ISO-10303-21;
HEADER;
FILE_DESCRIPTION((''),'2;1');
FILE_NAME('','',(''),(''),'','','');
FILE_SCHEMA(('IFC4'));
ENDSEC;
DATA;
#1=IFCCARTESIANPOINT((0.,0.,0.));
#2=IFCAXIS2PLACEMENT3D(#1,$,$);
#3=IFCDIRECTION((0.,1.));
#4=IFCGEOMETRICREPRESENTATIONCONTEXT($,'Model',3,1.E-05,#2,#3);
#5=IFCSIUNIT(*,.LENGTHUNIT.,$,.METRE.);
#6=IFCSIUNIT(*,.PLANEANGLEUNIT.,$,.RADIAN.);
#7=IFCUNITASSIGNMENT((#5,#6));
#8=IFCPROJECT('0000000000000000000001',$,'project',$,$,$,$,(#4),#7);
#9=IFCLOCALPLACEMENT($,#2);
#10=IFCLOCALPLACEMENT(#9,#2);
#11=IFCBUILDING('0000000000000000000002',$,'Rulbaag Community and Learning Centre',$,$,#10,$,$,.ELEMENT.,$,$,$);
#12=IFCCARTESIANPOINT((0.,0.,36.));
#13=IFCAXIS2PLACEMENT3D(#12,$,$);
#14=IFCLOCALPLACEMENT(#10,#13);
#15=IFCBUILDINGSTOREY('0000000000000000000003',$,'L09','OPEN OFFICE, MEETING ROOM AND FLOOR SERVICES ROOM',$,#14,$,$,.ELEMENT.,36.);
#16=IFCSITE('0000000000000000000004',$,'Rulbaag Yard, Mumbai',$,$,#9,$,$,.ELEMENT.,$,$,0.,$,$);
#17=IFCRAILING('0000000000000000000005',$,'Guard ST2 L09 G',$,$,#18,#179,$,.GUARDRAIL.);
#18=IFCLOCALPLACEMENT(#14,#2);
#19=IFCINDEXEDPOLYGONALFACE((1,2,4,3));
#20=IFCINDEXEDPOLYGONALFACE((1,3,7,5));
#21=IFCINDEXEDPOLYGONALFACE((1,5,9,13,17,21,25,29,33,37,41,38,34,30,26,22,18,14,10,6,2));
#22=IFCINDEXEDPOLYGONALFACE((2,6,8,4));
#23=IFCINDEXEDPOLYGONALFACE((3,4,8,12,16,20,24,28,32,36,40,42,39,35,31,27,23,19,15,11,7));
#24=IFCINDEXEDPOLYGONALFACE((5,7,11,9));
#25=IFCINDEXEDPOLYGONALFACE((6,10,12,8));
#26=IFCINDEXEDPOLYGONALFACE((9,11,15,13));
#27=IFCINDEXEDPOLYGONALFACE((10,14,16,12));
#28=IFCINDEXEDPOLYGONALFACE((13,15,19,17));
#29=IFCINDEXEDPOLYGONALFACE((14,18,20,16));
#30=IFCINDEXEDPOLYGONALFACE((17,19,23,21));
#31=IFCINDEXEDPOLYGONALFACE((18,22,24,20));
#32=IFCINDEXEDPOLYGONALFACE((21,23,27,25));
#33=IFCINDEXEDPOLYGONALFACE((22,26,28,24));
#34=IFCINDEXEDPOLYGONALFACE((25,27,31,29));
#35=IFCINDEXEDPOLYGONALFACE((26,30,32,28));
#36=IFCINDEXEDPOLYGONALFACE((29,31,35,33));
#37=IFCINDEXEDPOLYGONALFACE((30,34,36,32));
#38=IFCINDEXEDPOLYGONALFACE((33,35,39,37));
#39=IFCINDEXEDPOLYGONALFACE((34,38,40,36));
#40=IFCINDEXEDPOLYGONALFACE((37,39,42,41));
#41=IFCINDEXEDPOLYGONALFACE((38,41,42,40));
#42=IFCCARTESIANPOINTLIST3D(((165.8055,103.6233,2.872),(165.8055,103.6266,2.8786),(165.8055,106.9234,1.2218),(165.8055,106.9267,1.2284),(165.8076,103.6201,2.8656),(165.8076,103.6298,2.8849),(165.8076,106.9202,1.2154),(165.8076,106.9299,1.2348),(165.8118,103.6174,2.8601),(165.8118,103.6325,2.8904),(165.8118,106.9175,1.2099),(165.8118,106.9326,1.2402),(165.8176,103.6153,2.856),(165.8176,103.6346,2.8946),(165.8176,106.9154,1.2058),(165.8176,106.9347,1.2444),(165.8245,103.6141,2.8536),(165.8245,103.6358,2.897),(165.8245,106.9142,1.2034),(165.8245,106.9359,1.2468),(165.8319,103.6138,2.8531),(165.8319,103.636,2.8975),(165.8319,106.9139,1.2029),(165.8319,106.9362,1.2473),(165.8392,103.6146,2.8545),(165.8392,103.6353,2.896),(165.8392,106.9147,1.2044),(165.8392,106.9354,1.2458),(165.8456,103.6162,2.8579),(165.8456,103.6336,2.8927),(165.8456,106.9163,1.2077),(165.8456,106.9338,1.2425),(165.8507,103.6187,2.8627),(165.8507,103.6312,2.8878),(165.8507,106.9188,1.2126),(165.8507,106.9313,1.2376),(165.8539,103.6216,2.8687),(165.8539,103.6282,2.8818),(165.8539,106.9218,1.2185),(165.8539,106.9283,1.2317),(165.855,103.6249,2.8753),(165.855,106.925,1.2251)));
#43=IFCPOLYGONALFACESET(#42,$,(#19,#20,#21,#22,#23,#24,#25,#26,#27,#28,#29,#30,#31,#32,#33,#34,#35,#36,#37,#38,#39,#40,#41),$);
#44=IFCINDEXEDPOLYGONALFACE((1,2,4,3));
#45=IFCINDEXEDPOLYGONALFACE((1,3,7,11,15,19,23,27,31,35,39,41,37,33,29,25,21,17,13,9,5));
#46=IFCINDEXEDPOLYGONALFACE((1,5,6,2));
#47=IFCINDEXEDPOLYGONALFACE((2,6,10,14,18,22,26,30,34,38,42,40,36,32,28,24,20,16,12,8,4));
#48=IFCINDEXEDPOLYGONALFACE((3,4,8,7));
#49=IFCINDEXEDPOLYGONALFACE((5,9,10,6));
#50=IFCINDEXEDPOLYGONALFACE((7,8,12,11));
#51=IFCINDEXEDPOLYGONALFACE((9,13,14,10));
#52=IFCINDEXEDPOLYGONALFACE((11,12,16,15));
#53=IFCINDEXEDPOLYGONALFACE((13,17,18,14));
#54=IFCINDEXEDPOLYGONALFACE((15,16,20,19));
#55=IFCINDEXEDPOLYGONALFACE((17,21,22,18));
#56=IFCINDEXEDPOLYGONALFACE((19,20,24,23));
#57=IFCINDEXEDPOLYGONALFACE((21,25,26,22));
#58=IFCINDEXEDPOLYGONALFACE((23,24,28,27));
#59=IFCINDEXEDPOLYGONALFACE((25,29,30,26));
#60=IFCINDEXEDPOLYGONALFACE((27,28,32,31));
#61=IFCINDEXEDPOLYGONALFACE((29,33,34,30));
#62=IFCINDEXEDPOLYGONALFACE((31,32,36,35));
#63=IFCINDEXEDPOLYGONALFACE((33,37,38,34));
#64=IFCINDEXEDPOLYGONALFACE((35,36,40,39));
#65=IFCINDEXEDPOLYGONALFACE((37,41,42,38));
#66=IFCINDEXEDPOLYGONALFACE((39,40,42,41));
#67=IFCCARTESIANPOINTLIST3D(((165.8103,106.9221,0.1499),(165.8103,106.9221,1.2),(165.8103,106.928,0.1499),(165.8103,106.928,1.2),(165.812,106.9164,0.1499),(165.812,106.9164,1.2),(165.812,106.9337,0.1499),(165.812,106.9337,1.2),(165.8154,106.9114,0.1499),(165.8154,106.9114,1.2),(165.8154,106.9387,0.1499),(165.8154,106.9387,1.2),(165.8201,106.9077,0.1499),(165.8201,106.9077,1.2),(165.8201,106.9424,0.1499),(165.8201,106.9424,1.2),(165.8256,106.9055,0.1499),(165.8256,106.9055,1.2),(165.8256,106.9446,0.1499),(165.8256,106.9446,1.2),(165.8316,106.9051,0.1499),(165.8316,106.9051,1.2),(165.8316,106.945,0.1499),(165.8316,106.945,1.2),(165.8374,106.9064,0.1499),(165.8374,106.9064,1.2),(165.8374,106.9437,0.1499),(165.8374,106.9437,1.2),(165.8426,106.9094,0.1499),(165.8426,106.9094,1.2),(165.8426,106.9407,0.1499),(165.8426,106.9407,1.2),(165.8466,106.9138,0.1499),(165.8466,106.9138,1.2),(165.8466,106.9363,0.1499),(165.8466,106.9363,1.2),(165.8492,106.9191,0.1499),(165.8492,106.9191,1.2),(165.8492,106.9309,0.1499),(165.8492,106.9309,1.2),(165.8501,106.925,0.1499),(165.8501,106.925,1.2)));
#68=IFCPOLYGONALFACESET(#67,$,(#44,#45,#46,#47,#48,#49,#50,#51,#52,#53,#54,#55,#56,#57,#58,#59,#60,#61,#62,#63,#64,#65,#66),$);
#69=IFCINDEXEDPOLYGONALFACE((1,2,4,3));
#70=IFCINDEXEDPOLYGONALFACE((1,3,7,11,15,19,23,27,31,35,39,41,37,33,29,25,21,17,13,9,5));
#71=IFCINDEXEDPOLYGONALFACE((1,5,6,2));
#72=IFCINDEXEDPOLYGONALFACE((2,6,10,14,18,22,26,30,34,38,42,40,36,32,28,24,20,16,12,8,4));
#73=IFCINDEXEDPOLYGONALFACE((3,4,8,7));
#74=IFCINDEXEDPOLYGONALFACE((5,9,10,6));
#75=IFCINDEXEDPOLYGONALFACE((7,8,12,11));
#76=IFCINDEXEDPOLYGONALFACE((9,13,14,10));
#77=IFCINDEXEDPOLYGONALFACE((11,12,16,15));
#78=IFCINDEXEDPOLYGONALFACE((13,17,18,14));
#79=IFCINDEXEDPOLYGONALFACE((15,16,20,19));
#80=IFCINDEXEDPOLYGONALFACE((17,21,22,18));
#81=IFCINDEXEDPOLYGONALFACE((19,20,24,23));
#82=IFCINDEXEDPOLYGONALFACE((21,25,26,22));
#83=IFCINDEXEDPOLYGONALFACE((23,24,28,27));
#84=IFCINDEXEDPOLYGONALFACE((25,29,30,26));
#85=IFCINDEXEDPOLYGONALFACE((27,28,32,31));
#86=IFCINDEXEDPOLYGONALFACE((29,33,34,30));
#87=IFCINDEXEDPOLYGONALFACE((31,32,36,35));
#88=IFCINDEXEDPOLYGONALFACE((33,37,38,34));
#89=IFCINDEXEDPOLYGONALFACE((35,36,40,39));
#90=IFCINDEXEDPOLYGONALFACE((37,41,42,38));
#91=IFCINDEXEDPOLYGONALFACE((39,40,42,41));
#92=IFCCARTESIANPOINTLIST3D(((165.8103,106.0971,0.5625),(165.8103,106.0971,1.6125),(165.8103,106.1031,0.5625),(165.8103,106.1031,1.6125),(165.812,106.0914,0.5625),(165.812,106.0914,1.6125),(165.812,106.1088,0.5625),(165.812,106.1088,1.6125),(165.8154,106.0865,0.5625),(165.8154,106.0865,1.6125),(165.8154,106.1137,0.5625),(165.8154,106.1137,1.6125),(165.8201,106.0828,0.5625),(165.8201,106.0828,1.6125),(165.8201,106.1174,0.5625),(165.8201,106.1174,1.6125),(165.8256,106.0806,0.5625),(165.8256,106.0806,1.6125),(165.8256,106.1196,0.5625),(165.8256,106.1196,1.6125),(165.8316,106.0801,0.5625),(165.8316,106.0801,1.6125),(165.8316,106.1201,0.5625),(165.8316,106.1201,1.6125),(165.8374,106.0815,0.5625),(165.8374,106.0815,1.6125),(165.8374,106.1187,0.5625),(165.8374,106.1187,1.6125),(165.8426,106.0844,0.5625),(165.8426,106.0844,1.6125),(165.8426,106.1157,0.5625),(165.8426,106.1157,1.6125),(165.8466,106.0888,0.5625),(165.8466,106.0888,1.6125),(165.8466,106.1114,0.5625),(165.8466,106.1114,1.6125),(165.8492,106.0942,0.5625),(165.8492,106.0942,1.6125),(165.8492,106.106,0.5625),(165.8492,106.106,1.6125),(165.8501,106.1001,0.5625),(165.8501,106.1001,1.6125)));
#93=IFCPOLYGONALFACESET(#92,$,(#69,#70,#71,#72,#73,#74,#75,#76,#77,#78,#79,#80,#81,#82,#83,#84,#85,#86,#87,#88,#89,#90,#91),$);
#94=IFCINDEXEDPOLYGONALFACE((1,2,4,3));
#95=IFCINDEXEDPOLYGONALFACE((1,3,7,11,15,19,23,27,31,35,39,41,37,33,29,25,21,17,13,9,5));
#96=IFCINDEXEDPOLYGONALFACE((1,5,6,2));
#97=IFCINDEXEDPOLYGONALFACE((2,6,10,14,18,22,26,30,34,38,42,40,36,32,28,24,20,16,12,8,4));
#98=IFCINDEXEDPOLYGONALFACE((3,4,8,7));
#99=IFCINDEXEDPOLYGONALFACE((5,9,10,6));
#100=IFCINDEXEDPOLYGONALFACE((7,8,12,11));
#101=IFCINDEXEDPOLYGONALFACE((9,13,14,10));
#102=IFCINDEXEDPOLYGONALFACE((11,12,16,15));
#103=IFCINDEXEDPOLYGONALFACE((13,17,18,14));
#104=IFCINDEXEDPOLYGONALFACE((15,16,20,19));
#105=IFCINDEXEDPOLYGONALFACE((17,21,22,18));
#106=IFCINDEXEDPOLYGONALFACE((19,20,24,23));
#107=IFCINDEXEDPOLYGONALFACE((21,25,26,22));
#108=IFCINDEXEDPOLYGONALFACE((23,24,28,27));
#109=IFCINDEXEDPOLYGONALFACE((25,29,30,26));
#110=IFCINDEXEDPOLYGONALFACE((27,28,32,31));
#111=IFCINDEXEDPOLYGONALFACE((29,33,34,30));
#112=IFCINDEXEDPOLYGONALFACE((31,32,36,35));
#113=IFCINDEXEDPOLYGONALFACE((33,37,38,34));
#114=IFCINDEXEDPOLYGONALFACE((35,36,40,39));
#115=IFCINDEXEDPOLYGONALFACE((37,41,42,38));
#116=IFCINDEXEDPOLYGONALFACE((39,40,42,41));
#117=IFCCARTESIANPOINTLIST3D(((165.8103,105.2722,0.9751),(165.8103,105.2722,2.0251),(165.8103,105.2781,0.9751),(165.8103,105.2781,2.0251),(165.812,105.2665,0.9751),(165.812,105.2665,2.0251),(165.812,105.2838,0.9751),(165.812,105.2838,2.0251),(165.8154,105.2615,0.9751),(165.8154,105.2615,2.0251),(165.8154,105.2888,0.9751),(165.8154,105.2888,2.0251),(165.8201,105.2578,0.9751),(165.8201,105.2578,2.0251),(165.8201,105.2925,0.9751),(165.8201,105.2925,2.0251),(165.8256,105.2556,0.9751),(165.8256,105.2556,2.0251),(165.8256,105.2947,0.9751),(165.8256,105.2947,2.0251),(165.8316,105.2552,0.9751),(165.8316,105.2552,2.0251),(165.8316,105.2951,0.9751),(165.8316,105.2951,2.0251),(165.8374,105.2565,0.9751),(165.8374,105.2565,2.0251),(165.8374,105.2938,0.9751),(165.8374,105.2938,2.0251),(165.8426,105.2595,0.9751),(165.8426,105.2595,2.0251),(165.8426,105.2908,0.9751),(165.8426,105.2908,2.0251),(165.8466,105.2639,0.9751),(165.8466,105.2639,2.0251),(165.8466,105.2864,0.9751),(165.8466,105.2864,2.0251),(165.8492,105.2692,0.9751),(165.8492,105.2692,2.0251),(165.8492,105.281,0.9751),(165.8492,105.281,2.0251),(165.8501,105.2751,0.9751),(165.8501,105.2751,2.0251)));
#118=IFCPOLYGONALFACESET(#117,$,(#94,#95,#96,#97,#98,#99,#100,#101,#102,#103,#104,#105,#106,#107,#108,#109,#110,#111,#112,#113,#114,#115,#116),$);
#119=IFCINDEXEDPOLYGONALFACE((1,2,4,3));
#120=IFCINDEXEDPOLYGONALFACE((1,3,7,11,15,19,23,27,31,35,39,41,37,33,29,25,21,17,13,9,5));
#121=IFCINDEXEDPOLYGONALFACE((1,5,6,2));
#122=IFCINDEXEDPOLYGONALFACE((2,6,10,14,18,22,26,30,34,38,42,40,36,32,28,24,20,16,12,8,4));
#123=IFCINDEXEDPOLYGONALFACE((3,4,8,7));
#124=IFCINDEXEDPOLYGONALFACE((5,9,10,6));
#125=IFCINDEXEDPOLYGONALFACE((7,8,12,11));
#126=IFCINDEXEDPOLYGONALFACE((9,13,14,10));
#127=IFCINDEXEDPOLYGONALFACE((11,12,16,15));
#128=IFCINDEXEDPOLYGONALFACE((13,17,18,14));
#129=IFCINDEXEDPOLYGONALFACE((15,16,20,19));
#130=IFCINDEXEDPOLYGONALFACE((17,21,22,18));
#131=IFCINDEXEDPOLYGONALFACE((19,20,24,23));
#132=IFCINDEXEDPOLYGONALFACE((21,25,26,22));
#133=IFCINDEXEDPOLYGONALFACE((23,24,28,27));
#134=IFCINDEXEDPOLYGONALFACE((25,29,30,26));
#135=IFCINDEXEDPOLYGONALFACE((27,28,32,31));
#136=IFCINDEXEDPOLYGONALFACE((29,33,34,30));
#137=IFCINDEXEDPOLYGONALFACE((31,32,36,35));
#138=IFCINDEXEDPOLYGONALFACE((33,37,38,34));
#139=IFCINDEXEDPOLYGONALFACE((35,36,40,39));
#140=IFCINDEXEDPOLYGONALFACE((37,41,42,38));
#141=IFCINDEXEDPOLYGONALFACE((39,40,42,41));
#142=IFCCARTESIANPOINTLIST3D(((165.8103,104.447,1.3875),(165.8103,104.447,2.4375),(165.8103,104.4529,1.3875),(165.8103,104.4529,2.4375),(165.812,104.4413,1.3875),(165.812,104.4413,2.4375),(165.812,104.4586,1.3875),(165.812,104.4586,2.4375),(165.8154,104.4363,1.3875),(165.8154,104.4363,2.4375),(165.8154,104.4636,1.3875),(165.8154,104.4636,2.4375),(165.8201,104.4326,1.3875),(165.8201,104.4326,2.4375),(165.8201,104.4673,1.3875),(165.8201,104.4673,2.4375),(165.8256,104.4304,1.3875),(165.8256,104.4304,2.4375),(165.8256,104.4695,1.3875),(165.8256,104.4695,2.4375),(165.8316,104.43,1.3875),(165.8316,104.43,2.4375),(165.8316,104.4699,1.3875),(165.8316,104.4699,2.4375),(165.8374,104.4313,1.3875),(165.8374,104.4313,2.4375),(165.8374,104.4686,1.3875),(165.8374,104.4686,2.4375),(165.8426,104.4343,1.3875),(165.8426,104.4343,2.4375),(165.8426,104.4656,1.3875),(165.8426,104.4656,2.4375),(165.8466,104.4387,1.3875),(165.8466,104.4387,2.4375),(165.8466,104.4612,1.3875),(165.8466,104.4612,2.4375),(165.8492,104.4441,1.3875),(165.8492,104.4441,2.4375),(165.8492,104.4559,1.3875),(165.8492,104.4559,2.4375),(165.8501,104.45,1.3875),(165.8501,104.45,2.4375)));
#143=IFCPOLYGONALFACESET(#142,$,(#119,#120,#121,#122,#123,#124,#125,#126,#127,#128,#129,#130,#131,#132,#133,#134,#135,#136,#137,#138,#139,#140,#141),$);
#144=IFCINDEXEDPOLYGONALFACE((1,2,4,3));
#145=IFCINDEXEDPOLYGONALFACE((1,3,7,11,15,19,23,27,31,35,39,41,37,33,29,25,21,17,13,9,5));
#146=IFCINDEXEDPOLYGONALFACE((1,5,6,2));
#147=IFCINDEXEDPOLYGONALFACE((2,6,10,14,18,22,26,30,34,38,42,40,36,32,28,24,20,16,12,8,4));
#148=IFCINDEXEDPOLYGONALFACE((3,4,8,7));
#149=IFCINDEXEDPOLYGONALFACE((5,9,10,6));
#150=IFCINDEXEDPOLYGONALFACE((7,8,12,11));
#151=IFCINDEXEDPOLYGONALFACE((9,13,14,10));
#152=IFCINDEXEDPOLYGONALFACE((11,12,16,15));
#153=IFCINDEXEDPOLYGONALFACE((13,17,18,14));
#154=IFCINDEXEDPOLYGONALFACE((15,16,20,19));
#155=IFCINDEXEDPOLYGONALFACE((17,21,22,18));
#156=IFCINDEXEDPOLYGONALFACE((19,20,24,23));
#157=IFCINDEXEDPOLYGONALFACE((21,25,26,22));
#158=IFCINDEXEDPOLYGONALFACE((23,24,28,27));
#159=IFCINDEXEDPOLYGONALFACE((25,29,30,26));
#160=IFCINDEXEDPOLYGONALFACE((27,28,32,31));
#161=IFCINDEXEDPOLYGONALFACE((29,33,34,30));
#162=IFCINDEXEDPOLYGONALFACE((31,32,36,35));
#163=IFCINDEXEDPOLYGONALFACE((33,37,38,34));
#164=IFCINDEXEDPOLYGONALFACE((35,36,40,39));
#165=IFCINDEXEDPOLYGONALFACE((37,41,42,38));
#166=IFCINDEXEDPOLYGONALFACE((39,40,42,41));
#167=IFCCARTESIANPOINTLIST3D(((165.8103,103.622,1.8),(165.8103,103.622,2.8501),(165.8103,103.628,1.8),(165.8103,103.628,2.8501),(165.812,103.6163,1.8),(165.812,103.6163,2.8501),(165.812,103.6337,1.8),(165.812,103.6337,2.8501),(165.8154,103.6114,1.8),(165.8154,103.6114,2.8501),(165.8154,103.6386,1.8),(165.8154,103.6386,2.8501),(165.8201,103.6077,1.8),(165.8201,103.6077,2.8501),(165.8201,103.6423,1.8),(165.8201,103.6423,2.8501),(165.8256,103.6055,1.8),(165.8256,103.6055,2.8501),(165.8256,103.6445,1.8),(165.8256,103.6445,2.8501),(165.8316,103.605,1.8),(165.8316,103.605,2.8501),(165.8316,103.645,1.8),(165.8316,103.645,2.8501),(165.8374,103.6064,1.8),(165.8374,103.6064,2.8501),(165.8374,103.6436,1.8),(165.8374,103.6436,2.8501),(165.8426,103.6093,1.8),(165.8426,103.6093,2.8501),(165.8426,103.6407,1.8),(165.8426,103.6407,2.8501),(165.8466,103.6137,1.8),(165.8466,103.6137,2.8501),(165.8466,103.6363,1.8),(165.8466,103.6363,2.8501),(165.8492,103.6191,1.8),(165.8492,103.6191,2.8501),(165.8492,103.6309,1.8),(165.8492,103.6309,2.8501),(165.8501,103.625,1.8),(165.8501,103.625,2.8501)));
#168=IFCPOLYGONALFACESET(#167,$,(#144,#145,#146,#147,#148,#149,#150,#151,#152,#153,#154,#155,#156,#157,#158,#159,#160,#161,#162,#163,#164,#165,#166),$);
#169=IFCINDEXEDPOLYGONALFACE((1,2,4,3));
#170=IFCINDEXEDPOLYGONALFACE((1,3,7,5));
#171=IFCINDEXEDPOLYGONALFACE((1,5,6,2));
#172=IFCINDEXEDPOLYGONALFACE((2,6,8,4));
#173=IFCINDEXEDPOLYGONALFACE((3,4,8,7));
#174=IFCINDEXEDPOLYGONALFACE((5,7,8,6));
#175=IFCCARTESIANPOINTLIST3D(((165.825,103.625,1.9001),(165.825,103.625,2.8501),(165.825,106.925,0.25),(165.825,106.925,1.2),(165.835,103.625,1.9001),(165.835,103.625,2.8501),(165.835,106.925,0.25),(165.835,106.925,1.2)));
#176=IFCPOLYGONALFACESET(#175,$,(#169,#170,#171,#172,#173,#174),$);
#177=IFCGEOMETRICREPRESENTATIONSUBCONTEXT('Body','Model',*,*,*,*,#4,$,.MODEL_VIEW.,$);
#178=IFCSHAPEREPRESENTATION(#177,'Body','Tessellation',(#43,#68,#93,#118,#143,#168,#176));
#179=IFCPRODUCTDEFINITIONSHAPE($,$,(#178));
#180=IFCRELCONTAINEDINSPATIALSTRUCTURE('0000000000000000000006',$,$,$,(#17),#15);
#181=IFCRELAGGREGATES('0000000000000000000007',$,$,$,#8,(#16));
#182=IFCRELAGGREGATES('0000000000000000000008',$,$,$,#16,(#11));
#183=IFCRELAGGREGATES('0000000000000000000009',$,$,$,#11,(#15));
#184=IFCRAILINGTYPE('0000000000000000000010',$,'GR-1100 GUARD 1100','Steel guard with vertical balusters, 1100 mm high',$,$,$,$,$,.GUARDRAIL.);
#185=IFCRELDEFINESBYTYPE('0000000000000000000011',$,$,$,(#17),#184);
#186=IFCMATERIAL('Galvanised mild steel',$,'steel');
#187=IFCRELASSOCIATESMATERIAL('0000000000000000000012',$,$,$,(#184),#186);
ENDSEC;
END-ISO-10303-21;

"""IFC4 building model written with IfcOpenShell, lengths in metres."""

from ifc_helpers import new_model, si_unit, direction, frame, origin, origin_2d, place, context, subcontext, project, spatial, polyline, circle, outline, extrude, material, type_object, element, save


model = new_model("IFC4")

# Units and contexts
model_context = context("Model", 3, precision=1e-05, world=origin(), true_north=direction((0.0, 1.0)))
body_context = subcontext(model_context, "Body", "Model", "MODEL_VIEW")
ifc_project = project(units=[si_unit("LENGTHUNIT", "METRE"), si_unit("PLANEANGLEUNIT", "RADIAN")], contexts=[model_context])

# Site, building, storey
site_placement = place(None, origin())
site = spatial("IfcSite", under=ifc_project, at=site_placement, Name="Rulbaag Yard, Mumbai", CompositionType="ELEMENT", RefElevation=0.0)
building_placement = place(site_placement, origin())
building = spatial("IfcBuilding", under=site, at=building_placement, Name="Rulbaag Community and Learning Centre", CompositionType="ELEMENT")
storey_placement = place(building_placement, frame((0.0, 0.0, 36.0)))
storey = spatial("IfcBuildingStorey", under=building, at=storey_placement, Name="L09", Description="OPEN OFFICE, MEETING ROOM AND FLOOR SERVICES ROOM", CompositionType="ELEMENT", Elevation=36.0)

# Railing
ifc_material_1 = material(Name="Galvanised mild steel", Category="steel")
railing_type_1 = type_object("IfcRailingType", Name="GR-1100 GUARD 1100", Description="Steel guard with vertical balusters, 1100 mm high", PredefinedType="GUARDRAIL", material=ifc_material_1)
railing_1_placement = place(storey_placement, frame((165.8301, 106.925, 0.1499)))
element("IfcRailing", 1, at=railing_1_placement, inside=storey, type_object=railing_type_1, Name="Guard ST2 L09 G", PredefinedType="GUARDRAIL", context=body_context, shape_type="SweptSolid", body=[
    extrude(circle(Radius=0.0249, at=origin_2d()), frame((0.0, 0.0, 1.0752), z_axis=(0.0, -0.894414, 0.44724), x_axis=(1.0, 0.0, 0.0)), (0.0, 0.0, 1.0), 3.6897),
    extrude(circle(Radius=0.02, at=origin_2d()), origin(), (0.0, 0.0, 1.0), 1.05),
    extrude(circle(Radius=0.02, at=origin_2d()), frame((0.0, -0.825, 0.4126)), (0.0, 0.0, 1.0), 1.05),
    extrude(circle(Radius=0.02, at=origin_2d()), frame((0.0, -1.6499, 0.8252)), (0.0, 0.0, 1.0), 1.05),
    extrude(circle(Radius=0.02, at=origin_2d()), frame((0.0, -2.4751, 1.2375)), (0.0, 0.0, 1.0), 1.05),
    extrude(circle(Radius=0.02, at=origin_2d()), frame((0.0, -3.3, 1.6501)), (0.0, 0.0, 1.0), 1.05),
    extrude(outline(polyline([(0.0, 0.0), (3.3, 1.6501), (3.3, 2.6001), (0.0, 0.95), (0.0, 0.0)])), frame((0.0049, 0.0, 0.1001), z_axis=(-1.0, 0.0, 0.0), x_axis=(0.0, -1.0, 0.0)), (0.0, 0.0, 1.0), 0.01),
])

save(model, "model.ifc")
